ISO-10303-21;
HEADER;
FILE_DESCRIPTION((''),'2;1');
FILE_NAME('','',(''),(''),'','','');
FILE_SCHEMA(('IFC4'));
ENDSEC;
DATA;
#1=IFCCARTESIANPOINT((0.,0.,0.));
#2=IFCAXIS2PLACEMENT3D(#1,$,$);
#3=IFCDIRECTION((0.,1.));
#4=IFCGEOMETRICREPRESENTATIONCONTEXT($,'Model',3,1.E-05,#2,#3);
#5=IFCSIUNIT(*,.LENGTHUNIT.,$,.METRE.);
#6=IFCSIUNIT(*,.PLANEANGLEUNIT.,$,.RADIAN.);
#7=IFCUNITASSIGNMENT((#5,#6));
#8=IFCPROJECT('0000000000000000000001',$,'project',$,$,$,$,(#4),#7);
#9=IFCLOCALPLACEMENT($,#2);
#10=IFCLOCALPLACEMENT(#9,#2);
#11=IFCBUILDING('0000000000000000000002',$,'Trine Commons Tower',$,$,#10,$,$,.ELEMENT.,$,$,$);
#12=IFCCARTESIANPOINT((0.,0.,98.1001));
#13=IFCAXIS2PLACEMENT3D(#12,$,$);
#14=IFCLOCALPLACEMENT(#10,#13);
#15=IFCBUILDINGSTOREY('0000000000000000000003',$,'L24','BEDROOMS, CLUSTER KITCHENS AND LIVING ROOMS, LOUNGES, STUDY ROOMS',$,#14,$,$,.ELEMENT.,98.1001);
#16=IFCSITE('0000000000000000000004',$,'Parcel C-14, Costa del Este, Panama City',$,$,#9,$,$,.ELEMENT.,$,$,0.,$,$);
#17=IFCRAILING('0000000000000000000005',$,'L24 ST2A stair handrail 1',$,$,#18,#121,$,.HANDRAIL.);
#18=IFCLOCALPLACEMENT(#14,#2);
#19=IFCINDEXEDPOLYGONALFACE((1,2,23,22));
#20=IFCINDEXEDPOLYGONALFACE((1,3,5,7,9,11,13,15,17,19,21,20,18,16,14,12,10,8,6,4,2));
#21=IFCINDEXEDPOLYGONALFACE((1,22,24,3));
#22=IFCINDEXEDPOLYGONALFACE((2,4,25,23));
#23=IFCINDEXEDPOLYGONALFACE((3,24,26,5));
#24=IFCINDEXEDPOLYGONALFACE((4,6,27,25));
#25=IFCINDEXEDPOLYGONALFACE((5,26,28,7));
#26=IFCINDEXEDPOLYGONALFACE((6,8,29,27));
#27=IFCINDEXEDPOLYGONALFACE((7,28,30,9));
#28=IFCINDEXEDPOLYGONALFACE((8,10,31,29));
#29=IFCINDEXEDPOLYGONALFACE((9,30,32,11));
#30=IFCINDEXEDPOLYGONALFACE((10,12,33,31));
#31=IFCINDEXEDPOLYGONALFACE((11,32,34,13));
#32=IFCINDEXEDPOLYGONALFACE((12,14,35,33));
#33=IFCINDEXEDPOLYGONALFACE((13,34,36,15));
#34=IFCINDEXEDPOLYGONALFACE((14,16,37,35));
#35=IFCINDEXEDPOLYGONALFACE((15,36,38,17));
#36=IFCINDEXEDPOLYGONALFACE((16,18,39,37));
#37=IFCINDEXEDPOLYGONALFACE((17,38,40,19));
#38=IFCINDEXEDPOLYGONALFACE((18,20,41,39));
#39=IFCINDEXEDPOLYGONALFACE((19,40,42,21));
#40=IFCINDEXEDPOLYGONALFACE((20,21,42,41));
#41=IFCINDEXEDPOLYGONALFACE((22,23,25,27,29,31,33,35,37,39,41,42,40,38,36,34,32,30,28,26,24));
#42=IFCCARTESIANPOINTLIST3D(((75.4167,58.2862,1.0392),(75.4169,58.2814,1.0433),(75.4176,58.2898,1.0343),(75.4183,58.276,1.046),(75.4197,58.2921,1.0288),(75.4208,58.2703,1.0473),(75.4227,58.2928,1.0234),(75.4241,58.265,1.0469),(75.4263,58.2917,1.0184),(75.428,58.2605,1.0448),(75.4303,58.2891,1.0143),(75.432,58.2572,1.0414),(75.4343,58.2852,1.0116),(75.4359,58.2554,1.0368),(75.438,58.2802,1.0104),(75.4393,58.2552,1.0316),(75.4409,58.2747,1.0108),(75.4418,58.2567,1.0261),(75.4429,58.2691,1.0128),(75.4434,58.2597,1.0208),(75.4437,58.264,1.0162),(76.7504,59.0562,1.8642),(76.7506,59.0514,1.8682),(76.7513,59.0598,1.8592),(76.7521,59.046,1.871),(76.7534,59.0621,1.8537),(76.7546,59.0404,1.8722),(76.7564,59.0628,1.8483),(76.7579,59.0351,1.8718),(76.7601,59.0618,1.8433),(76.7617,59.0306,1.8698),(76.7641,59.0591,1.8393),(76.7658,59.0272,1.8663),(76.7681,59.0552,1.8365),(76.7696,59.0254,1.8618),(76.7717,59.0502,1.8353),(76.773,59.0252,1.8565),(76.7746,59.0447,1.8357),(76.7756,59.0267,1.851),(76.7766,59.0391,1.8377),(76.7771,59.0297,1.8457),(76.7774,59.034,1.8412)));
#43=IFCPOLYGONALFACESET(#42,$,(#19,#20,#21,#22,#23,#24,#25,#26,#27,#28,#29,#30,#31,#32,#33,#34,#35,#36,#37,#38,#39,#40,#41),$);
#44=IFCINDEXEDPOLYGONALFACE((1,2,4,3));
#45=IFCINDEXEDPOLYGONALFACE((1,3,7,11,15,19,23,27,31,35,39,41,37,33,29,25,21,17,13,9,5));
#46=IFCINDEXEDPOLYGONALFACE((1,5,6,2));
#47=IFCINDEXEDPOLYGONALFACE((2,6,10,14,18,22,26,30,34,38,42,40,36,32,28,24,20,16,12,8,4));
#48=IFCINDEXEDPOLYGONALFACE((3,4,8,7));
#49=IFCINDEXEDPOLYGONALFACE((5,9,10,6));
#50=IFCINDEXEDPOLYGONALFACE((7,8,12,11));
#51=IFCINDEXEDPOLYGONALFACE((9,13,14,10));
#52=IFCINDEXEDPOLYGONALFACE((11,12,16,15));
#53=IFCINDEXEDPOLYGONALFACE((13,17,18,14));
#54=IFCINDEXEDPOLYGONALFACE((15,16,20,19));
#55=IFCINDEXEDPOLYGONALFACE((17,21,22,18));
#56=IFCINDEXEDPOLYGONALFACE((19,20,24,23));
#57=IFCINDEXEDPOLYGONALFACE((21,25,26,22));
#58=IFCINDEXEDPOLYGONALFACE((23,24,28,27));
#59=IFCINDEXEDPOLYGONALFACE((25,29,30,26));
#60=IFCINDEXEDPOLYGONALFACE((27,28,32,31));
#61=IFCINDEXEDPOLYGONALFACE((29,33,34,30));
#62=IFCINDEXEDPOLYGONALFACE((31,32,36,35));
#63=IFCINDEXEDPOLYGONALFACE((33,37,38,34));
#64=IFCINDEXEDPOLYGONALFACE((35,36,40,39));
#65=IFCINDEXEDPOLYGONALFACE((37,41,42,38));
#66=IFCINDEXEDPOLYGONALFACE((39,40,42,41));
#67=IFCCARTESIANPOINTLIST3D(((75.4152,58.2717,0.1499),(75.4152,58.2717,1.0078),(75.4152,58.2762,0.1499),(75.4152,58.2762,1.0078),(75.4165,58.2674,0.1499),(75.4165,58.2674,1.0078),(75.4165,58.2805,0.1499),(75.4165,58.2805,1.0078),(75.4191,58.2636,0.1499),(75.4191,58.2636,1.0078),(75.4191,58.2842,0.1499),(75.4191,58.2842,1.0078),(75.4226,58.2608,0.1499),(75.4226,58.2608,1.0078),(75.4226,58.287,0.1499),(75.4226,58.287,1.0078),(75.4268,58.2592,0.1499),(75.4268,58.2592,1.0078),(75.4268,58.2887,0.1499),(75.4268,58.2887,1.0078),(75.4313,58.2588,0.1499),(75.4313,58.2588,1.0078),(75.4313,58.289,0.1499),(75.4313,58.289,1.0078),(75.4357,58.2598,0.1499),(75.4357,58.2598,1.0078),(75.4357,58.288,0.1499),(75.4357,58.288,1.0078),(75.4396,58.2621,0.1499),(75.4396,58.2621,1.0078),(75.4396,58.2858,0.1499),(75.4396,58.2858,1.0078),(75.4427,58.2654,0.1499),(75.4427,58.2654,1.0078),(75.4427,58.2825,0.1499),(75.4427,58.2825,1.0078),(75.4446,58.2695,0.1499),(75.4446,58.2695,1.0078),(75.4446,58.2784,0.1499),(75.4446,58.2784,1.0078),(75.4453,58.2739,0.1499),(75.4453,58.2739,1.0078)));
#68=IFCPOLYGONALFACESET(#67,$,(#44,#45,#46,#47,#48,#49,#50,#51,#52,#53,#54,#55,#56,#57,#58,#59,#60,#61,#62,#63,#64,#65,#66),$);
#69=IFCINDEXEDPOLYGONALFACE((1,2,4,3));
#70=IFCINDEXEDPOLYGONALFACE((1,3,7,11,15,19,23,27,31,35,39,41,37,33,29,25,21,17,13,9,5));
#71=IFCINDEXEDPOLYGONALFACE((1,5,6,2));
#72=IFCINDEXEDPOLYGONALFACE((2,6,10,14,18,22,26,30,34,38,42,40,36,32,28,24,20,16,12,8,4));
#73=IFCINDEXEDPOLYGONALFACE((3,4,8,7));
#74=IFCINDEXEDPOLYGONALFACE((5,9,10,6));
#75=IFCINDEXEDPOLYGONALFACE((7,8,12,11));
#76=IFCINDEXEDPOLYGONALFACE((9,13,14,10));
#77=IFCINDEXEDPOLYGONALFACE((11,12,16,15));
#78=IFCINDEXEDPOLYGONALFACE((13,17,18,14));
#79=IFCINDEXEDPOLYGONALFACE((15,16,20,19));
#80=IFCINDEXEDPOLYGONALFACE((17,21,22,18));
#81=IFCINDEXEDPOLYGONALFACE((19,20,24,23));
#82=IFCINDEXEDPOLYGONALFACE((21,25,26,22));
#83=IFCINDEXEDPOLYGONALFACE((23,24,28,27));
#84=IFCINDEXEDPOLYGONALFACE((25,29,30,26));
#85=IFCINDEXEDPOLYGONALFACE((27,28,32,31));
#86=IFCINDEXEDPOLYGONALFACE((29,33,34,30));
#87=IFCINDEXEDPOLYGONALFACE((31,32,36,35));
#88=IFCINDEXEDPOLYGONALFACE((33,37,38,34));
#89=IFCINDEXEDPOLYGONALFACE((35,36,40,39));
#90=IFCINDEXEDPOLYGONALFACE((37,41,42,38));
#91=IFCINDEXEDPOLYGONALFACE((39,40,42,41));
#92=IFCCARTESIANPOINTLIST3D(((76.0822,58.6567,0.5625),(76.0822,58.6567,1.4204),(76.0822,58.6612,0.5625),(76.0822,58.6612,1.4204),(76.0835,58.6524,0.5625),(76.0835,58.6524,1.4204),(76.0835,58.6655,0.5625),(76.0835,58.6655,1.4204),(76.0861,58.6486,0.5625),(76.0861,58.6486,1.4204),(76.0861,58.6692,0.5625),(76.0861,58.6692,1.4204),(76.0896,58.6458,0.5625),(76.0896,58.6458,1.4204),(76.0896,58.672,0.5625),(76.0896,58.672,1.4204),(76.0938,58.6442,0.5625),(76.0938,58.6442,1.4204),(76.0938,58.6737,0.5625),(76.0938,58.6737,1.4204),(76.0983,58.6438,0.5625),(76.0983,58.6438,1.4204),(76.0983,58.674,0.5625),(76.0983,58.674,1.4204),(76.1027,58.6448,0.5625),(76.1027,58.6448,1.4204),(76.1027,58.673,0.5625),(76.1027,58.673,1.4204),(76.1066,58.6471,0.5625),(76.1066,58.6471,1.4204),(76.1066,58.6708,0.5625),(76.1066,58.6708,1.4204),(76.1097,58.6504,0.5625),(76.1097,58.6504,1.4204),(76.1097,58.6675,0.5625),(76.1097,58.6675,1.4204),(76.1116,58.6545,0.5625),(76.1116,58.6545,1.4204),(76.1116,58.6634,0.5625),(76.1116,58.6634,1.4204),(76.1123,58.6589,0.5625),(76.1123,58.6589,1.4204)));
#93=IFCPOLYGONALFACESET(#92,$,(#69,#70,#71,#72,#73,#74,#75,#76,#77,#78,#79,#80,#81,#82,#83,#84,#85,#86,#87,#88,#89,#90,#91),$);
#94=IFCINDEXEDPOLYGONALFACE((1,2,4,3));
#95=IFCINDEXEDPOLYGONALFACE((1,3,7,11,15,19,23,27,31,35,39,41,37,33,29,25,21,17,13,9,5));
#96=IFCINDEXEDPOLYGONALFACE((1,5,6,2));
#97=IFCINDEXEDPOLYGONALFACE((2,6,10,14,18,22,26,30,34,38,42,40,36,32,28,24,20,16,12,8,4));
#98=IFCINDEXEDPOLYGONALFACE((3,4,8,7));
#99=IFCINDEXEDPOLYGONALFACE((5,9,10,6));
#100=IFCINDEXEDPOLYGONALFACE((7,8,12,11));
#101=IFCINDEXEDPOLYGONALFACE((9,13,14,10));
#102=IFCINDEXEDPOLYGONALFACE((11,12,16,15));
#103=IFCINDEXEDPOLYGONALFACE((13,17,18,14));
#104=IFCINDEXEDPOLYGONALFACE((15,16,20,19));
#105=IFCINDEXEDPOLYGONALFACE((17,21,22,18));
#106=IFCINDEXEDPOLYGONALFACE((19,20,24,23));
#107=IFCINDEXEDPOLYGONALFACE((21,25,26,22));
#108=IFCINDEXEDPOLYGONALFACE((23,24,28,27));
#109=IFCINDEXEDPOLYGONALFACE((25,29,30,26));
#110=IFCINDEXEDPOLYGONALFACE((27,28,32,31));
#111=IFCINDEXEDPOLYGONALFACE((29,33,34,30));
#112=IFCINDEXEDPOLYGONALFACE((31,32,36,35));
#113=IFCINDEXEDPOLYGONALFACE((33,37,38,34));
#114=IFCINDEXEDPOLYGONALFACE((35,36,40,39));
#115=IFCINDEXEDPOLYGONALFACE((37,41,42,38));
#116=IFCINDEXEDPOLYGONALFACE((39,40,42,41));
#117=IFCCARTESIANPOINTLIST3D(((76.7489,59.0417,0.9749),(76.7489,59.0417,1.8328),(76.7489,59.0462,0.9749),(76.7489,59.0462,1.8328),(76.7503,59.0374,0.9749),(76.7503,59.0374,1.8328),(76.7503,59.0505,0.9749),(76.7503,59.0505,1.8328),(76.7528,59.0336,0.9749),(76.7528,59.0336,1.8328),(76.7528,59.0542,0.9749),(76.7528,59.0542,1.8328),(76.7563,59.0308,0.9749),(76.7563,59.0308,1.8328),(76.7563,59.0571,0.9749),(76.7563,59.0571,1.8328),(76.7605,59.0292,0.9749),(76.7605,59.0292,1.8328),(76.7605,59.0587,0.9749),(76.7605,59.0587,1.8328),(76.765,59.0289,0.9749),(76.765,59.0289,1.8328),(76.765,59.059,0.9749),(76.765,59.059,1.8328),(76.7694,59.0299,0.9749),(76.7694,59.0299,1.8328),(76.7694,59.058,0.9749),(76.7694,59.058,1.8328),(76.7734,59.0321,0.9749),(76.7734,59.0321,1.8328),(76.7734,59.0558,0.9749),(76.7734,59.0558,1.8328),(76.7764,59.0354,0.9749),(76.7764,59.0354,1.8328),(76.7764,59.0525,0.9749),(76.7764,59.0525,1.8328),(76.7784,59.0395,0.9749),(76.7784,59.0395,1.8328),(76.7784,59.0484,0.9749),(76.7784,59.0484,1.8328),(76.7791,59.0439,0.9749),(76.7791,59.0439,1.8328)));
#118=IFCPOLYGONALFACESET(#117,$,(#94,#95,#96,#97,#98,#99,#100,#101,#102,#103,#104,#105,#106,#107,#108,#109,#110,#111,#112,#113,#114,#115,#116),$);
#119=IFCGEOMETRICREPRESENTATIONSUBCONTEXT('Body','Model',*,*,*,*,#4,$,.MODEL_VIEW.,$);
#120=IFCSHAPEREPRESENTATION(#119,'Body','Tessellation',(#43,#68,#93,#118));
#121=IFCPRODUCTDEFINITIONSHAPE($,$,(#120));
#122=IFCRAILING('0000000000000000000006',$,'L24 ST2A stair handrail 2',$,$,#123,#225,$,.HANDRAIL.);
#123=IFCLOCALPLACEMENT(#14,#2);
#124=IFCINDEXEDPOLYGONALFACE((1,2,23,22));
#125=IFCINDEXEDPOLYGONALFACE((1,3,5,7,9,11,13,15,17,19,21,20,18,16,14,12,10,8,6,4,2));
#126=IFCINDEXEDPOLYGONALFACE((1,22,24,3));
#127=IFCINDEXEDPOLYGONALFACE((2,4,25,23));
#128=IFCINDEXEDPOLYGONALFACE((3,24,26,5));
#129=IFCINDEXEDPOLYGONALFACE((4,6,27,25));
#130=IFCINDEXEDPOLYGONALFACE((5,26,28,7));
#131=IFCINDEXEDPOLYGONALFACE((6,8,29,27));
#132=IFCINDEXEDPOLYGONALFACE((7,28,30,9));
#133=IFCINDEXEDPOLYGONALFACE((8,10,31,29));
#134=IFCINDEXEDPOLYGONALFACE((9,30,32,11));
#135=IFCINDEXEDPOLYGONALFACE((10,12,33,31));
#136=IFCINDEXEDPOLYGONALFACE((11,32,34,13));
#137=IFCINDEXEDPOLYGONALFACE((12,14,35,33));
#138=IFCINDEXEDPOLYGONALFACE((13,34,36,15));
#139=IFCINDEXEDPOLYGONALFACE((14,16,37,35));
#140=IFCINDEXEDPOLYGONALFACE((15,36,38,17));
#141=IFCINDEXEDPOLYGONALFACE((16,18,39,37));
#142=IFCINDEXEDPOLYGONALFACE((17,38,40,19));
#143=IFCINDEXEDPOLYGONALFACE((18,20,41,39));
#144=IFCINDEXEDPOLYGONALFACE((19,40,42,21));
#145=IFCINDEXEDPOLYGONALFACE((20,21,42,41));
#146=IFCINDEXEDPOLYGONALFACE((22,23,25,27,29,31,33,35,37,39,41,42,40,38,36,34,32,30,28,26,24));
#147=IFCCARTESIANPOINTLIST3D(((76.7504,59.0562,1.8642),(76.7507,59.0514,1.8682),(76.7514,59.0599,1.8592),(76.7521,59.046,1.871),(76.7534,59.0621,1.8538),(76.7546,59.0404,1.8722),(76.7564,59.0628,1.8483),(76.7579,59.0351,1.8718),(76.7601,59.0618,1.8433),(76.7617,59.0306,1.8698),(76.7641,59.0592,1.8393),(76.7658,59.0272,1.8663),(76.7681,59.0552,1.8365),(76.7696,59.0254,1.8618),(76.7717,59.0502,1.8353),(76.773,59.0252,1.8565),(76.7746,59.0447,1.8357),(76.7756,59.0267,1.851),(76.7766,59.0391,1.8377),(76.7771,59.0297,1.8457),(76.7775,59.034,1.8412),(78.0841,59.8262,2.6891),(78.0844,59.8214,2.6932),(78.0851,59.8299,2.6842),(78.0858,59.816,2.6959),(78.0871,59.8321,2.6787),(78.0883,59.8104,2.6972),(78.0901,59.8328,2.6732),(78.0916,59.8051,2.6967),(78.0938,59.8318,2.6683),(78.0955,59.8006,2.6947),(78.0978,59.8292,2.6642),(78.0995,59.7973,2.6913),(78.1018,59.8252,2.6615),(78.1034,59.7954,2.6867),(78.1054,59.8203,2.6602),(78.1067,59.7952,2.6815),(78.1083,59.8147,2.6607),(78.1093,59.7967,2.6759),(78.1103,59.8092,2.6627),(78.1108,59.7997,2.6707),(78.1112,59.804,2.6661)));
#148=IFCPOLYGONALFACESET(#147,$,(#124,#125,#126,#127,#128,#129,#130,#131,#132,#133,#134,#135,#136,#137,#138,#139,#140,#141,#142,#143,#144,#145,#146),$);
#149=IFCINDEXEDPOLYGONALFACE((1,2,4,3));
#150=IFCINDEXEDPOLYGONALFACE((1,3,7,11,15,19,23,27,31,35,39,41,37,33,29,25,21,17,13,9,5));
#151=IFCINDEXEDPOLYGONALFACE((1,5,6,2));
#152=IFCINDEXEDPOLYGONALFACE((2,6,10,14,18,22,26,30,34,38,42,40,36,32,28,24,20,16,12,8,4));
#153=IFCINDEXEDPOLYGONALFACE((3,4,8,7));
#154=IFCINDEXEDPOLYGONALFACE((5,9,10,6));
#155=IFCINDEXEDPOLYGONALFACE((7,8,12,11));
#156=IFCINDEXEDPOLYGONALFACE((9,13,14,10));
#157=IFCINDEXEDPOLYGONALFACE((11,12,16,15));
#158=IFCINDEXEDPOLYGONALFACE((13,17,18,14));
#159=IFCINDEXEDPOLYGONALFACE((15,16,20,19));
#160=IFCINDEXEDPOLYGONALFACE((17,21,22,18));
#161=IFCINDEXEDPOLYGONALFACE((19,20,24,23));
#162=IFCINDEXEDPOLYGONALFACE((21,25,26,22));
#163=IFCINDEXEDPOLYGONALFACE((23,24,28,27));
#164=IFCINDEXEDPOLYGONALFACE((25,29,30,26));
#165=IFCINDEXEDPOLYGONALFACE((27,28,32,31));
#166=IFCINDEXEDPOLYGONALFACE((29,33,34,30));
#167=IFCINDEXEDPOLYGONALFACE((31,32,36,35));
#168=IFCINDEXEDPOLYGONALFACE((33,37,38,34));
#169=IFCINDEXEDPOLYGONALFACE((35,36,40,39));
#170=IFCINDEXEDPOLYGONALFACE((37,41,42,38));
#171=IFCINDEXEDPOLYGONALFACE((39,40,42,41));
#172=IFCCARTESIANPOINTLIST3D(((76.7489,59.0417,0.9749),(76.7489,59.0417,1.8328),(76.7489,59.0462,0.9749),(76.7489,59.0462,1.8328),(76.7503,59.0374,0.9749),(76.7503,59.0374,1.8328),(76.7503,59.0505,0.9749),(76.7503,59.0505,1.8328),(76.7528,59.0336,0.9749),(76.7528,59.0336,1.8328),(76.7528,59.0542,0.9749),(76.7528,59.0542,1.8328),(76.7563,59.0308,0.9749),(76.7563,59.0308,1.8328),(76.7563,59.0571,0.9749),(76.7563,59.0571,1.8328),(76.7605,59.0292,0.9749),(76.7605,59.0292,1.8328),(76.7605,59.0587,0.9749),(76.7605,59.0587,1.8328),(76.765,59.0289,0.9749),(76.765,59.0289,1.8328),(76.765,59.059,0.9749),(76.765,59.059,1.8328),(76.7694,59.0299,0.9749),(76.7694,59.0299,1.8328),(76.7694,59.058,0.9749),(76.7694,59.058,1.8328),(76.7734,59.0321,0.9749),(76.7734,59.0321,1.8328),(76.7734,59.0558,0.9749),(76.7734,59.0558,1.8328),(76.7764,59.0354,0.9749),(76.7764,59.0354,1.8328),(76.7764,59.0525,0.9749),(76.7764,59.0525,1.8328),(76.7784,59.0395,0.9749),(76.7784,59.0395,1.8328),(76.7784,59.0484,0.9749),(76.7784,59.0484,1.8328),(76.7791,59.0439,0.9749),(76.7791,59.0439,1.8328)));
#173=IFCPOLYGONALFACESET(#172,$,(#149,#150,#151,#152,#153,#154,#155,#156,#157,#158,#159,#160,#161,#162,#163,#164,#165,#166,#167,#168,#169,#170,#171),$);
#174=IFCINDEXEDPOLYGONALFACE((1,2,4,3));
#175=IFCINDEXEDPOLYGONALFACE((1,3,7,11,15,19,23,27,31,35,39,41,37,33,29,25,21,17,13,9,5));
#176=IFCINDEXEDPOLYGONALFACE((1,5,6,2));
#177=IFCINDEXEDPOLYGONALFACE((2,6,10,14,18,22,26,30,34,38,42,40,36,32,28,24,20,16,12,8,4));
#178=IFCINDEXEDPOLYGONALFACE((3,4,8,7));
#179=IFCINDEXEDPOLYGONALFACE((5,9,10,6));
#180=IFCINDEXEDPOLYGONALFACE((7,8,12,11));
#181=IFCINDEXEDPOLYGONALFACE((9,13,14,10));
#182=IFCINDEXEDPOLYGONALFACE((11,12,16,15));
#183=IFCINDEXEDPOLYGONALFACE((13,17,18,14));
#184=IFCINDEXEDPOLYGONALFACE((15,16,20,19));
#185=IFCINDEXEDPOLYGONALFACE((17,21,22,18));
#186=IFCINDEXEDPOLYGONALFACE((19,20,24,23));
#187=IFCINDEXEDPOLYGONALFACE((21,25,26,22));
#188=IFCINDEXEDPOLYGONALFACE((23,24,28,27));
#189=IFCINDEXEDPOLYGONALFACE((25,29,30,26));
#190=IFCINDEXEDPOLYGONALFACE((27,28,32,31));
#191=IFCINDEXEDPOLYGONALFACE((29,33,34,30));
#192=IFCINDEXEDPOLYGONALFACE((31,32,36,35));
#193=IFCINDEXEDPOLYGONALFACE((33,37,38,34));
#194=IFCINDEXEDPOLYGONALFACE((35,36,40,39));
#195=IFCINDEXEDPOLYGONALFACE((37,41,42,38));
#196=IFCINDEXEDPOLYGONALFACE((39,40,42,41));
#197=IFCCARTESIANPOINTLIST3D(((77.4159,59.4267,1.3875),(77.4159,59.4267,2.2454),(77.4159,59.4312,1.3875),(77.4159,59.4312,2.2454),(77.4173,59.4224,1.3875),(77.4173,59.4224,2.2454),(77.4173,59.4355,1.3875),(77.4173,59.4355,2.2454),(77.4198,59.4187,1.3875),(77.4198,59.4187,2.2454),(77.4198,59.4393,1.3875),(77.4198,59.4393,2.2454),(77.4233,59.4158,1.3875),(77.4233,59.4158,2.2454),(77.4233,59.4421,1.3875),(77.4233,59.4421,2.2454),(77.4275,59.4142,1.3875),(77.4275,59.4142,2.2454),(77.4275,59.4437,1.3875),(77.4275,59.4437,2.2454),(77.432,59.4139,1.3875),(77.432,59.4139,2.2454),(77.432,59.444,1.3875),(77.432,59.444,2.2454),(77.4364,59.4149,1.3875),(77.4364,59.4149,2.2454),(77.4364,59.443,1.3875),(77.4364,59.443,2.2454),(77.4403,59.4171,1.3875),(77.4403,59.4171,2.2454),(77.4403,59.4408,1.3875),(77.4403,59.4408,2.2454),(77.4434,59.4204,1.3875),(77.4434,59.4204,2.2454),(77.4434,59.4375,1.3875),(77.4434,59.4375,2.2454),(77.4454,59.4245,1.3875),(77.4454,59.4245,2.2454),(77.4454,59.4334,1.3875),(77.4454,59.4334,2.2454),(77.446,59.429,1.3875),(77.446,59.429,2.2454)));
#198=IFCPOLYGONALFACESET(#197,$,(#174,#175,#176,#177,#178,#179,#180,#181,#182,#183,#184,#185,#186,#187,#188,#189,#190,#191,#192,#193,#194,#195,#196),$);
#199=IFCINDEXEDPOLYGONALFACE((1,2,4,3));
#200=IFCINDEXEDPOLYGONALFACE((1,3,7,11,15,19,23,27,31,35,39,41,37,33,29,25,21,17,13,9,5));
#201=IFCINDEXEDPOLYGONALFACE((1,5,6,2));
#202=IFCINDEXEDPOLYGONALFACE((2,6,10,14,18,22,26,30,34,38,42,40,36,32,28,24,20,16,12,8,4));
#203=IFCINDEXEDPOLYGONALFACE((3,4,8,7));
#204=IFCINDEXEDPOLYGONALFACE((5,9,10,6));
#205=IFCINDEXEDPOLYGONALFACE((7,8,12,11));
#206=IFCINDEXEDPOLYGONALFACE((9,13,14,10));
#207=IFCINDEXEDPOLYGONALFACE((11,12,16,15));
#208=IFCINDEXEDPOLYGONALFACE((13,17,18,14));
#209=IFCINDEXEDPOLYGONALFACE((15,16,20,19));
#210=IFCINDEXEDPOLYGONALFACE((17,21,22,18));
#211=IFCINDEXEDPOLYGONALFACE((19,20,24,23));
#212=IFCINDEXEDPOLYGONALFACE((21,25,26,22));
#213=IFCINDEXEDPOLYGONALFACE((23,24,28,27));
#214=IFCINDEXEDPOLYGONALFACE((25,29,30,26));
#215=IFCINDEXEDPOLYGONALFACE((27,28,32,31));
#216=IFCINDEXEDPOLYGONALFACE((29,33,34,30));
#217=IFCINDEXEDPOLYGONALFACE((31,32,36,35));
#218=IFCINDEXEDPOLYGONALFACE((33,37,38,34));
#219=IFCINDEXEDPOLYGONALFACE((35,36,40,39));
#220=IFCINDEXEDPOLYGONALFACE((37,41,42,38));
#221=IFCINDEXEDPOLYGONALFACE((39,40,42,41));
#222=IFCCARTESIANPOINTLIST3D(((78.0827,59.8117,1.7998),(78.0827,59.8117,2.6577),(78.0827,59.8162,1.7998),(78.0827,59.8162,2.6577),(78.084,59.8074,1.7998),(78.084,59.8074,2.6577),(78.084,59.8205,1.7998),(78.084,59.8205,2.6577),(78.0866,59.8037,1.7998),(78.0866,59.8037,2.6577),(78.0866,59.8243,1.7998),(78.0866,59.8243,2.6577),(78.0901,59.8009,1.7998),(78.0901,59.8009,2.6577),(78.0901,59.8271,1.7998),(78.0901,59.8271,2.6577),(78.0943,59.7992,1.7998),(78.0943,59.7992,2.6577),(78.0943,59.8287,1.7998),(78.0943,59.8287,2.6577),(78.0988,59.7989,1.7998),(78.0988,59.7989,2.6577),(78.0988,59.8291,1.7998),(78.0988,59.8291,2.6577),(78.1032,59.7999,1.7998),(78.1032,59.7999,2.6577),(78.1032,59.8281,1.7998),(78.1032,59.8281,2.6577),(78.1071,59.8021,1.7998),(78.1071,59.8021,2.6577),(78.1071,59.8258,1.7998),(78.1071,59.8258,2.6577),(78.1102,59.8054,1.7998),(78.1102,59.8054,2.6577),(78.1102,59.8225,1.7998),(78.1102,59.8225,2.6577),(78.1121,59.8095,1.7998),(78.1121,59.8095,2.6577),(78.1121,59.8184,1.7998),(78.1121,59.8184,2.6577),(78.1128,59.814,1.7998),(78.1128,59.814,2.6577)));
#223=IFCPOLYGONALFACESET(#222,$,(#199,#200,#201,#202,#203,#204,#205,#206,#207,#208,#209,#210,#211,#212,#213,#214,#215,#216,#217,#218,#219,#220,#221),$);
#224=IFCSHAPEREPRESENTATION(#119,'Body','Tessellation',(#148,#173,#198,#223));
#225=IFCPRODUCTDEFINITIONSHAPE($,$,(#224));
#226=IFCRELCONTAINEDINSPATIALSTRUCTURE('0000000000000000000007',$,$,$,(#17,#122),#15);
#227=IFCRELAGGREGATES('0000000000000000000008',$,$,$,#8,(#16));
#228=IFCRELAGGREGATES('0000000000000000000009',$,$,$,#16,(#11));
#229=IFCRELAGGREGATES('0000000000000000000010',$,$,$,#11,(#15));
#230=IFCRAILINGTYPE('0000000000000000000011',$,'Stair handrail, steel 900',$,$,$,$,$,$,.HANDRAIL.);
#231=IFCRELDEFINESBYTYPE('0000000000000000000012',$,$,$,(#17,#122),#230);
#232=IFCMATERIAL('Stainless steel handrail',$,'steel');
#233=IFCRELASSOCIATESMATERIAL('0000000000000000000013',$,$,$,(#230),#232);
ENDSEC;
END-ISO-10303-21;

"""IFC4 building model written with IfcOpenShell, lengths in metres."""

from ifc_helpers import new_model, si_unit, direction, frame, origin, origin_2d, place, context, subcontext, project, spatial, circle, extrude, material, type_object, element, save


model = new_model("IFC4")

# Units and contexts
model_context = context("Model", 3, precision=1e-05, world=origin(), true_north=direction((0.0, 1.0)))
body_context = subcontext(model_context, "Body", "Model", "MODEL_VIEW")
ifc_project = project(units=[si_unit("LENGTHUNIT", "METRE"), si_unit("PLANEANGLEUNIT", "RADIAN")], contexts=[model_context])

# Site, building, storey
site_placement = place(None, origin())
site = spatial("IfcSite", under=ifc_project, at=site_placement, Name="Parcel C-14, Costa del Este, Panama City", CompositionType="ELEMENT", RefElevation=0.0)
building_placement = place(site_placement, origin())
building = spatial("IfcBuilding", under=site, at=building_placement, Name="Trine Commons Tower", CompositionType="ELEMENT")
storey_placement = place(building_placement, frame((0.0, 0.0, 98.1001)))
storey = spatial("IfcBuildingStorey", under=building, at=storey_placement, Name="L24", Description="BEDROOMS, CLUSTER KITCHENS AND LIVING ROOMS, LOUNGES, STUDY ROOMS", CompositionType="ELEMENT", Elevation=98.1001)

# Railings
ifc_material_1 = material(Name="Stainless steel handrail", Category="steel")
railing_type_1 = type_object("IfcRailingType", Name="Stair handrail, steel 900", PredefinedType="HANDRAIL", material=ifc_material_1)
for number, where, name in (
    (1, (75.4302, 58.2739, 0.1499), "L24 ST2A stair handrail 1"),
    (2, (76.7639, 59.0439, 0.9749), "L24 ST2A stair handrail 2"),
):
    element("IfcRailing", number, at=place(storey_placement, frame(where)), inside=storey, type_object=railing_type_1, Name=name, PredefinedType="HANDRAIL", context=body_context, shape_type="SweptSolid", body=[
        extrude(circle(Radius=0.021, at=origin_2d()), frame((0.0, 0.0, 0.8789), z_axis=(0.763405, 0.440743, 0.472185), x_axis=(-0.499992, 0.86603, 0.0)), (0.0, 0.0, 1.0), 1.7471),
        extrude(circle(Radius=0.0151, at=origin_2d()), origin(), (0.0, 0.0, 1.0), 0.8579),
        extrude(circle(Radius=0.0151, at=origin_2d()), frame((0.667, 0.385, 0.4126)), (0.0, 0.0, 1.0), 0.8579),
        extrude(circle(Radius=0.0151, at=origin_2d()), frame((1.3337, 0.77, 0.825)), (0.0, 0.0, 1.0), 0.8579),
    ])

save(model, "model.ifc")
